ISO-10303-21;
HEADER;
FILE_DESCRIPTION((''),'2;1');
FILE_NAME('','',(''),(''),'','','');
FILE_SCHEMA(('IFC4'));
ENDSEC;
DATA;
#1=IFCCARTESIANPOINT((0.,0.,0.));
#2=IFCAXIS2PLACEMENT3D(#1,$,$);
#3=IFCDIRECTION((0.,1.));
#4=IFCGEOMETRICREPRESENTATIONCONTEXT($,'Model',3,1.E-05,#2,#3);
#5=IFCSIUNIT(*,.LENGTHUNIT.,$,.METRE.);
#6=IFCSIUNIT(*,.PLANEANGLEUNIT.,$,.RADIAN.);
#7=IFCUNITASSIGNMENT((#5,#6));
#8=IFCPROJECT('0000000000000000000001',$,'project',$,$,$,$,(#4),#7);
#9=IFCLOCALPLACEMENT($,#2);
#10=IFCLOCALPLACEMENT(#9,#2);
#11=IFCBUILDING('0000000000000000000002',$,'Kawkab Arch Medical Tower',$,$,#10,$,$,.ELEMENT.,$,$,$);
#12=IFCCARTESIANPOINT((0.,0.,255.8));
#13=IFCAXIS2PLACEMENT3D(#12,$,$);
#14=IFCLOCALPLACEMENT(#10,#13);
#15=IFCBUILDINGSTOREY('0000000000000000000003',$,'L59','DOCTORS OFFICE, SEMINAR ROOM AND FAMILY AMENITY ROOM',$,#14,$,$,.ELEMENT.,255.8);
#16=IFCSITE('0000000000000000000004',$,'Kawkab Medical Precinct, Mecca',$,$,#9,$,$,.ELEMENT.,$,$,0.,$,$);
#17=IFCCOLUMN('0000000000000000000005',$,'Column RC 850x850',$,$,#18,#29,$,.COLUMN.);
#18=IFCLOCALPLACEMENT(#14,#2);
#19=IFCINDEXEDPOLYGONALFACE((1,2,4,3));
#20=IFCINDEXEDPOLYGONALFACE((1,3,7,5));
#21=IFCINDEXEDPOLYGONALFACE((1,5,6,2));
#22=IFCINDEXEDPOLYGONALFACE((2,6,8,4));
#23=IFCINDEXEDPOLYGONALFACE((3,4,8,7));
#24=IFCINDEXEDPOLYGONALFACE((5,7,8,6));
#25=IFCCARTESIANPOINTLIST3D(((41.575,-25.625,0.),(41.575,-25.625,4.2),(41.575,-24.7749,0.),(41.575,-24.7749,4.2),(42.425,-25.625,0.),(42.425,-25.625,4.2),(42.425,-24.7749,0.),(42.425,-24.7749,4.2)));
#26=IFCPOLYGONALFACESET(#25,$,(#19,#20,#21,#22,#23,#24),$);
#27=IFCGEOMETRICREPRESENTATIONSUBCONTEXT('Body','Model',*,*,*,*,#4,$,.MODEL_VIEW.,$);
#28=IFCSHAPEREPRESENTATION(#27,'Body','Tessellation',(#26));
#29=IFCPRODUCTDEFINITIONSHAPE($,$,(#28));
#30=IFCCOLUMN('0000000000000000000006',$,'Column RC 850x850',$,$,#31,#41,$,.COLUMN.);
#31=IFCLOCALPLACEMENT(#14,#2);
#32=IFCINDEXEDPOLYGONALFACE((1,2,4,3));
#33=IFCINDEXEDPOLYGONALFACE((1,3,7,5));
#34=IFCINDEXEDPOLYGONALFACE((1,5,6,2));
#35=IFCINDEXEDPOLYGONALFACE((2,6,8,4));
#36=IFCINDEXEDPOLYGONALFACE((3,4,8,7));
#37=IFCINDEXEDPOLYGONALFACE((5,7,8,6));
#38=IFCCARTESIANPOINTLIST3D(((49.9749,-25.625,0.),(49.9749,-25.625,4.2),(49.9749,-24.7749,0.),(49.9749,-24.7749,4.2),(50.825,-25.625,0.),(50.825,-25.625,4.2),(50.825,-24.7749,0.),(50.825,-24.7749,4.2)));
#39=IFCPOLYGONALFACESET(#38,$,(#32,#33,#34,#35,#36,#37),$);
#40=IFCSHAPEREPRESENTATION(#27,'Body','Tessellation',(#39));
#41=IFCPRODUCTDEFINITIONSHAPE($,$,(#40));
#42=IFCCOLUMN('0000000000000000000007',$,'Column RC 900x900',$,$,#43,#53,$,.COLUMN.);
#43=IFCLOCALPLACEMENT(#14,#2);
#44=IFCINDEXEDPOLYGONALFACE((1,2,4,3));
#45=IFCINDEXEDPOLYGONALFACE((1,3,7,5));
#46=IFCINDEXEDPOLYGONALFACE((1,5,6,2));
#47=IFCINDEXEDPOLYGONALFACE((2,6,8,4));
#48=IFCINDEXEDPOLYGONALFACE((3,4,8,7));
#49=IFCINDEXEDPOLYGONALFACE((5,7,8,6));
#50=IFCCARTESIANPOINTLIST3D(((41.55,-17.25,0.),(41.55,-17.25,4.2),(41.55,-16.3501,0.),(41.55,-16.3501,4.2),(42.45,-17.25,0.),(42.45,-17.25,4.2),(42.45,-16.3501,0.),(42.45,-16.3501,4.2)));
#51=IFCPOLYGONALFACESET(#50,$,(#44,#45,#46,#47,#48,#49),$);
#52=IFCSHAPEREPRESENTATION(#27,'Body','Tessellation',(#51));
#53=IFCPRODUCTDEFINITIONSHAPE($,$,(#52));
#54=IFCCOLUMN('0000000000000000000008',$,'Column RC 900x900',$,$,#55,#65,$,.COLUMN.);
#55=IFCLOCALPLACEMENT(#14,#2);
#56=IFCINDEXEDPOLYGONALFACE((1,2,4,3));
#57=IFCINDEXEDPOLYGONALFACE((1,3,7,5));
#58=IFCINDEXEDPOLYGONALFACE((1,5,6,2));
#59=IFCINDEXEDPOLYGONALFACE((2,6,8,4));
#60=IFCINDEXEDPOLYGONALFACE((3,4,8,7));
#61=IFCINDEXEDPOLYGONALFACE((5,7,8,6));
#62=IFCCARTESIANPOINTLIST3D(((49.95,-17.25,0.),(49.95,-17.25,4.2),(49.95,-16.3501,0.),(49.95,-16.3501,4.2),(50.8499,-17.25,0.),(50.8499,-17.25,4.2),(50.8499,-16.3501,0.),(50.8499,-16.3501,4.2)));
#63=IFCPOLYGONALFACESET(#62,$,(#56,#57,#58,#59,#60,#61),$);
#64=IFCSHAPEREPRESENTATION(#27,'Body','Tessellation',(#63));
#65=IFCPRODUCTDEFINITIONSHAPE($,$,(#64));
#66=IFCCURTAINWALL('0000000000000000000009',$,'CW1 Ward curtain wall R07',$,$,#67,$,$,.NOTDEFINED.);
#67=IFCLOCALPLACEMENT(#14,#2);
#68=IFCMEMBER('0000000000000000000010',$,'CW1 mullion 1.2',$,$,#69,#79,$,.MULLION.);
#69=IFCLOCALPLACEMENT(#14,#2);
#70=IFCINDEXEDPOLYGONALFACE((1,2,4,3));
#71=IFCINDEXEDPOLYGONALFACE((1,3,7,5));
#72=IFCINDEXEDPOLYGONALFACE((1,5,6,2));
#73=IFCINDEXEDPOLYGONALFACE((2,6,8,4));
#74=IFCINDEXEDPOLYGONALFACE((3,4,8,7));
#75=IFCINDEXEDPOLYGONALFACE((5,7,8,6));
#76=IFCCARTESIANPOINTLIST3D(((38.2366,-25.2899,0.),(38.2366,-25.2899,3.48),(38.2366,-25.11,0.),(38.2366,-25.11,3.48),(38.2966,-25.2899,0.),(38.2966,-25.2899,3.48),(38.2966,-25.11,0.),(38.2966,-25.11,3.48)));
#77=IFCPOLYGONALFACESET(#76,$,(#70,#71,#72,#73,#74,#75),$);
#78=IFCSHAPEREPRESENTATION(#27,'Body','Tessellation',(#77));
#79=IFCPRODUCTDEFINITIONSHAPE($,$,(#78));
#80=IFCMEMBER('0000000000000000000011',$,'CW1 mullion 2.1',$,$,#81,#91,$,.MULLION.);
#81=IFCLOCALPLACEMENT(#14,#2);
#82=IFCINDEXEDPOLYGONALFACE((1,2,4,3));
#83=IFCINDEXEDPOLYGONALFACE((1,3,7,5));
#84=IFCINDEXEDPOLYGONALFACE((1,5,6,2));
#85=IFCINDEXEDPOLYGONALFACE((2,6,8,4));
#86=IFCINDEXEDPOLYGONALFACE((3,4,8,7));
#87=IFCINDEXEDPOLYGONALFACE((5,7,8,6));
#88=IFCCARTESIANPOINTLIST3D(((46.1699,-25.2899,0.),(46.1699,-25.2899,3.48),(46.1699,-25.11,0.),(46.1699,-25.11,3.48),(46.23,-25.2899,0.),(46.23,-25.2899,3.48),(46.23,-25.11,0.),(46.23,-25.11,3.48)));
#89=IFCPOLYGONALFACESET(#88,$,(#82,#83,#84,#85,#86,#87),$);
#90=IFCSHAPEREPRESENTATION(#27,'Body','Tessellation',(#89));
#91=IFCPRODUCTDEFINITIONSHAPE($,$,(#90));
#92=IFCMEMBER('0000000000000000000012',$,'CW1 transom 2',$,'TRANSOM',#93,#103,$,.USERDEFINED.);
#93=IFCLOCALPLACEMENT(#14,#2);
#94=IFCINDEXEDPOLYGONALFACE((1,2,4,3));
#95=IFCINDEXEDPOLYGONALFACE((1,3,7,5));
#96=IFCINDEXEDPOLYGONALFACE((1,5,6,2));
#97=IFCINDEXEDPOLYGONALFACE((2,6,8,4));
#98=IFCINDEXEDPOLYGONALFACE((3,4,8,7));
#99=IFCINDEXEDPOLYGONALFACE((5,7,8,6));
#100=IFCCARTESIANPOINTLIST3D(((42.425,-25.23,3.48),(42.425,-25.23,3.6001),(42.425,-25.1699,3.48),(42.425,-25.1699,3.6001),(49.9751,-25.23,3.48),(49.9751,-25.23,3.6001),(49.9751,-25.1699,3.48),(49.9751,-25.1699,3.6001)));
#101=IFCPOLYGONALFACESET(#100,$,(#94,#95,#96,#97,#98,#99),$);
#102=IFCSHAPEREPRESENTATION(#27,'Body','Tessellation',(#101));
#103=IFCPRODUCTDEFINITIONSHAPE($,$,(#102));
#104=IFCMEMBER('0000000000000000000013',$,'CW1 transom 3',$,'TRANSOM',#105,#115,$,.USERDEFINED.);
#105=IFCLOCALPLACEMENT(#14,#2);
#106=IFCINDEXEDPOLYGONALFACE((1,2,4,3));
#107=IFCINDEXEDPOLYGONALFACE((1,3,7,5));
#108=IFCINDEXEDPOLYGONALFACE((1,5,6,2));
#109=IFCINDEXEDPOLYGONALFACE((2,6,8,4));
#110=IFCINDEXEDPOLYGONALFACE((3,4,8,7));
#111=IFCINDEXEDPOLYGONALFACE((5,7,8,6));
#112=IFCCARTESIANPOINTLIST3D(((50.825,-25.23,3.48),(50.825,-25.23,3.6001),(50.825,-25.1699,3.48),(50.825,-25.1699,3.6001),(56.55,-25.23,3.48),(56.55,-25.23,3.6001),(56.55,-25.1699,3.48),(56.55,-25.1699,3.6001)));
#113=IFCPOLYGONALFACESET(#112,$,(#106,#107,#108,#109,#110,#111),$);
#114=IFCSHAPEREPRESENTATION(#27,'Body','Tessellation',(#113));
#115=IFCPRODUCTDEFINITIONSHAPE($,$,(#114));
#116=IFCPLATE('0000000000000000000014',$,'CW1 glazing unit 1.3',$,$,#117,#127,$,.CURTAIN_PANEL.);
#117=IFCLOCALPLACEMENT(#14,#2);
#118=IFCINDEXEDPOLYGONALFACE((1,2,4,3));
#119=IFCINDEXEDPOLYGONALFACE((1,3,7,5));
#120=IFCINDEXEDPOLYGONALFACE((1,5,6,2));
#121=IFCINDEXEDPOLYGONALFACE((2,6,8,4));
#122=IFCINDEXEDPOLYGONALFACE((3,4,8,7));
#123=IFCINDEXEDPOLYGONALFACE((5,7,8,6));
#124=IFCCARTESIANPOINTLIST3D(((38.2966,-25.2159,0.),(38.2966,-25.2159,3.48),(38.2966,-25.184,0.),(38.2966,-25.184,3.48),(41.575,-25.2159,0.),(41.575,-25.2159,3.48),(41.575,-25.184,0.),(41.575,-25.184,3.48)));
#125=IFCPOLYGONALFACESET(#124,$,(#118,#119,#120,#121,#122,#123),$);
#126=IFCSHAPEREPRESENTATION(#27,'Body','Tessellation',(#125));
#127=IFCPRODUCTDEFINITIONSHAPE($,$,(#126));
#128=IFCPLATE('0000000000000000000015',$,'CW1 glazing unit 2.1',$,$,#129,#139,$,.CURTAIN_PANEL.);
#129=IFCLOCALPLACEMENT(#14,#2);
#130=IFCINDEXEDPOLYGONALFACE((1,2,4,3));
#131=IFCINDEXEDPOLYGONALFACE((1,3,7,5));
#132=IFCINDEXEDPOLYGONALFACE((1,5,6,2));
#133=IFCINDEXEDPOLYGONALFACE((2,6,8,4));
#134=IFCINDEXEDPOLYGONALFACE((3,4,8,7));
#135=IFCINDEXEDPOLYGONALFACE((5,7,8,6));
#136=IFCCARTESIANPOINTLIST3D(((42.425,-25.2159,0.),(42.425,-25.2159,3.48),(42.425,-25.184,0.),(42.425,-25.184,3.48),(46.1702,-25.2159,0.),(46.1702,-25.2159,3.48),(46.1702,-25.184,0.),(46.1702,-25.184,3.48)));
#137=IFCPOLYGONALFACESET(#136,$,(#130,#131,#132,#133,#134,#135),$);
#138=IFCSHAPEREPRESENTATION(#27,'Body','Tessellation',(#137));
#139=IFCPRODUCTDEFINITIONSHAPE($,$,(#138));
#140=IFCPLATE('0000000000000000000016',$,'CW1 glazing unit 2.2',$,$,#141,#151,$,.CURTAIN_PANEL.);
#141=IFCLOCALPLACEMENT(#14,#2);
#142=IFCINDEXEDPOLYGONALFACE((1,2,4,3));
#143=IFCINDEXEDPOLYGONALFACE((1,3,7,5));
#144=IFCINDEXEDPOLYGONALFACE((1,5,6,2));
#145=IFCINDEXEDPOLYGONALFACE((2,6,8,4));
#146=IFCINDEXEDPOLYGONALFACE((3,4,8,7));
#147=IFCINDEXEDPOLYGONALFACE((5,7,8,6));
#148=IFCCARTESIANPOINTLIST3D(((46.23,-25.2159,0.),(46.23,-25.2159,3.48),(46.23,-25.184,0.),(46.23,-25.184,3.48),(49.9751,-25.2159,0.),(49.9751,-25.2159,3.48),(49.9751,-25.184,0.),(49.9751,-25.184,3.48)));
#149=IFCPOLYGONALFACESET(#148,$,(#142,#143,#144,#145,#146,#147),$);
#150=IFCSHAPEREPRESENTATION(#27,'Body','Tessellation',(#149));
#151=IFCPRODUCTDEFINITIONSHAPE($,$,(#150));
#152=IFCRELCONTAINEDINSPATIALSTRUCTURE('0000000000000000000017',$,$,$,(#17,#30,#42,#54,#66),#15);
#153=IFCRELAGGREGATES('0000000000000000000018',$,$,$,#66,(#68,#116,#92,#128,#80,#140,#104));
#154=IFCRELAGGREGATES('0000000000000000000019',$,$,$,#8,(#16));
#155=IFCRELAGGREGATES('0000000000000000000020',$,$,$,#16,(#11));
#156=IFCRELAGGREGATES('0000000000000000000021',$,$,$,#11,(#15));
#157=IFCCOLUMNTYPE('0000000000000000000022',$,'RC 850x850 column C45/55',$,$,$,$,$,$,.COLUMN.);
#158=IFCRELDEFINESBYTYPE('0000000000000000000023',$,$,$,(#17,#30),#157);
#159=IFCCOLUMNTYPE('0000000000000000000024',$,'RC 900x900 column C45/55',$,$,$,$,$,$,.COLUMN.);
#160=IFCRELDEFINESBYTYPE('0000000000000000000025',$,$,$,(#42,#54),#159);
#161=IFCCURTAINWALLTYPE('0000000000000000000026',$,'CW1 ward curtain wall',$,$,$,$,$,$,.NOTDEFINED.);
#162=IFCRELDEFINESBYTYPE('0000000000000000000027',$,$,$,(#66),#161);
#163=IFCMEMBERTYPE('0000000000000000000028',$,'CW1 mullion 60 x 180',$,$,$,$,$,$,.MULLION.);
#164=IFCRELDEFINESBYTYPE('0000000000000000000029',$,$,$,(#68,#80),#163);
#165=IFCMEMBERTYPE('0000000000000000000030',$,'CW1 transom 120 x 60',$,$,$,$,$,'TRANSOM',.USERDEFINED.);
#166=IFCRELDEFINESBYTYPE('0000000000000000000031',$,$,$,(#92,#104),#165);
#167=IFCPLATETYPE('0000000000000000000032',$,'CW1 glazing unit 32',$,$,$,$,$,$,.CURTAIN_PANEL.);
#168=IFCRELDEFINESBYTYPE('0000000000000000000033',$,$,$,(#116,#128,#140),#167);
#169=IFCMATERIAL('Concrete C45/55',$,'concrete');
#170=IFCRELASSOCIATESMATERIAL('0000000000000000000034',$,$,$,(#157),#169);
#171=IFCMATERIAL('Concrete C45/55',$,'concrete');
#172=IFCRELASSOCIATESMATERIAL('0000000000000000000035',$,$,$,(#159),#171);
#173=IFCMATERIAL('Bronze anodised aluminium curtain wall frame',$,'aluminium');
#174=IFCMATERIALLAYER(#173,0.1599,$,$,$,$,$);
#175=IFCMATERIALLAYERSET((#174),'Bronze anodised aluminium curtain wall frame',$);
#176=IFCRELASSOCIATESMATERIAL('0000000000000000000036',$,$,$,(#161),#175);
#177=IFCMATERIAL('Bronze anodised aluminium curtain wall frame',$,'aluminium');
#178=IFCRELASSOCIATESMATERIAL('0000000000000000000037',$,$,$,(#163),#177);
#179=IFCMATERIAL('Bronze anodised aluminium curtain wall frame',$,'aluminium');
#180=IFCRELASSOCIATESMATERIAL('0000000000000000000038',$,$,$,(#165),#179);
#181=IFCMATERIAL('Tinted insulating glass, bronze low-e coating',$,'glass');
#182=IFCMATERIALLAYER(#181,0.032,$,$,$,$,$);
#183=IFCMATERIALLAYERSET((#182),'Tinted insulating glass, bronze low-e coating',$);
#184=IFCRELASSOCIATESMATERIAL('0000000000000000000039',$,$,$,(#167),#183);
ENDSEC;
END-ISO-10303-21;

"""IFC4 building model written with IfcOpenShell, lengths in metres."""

from ifc_helpers import new_model, si_unit, direction, frame, origin, origin_2d, place, context, subcontext, project, spatial, rectangle, extrude, material, layer, layer_set, material_profile, profile_set, type_object, element, aggregate, save


model = new_model("IFC4")

# Units and contexts
model_context = context("Model", 3, precision=1e-05, world=origin(), true_north=direction((0.0, 1.0)))
body_context = subcontext(model_context, "Body", "Model", "MODEL_VIEW")
ifc_project = project(units=[si_unit("LENGTHUNIT", "METRE"), si_unit("PLANEANGLEUNIT", "RADIAN")], contexts=[model_context])

# Site, building, storey
site_placement = place(None, origin())
site = spatial("IfcSite", under=ifc_project, at=site_placement, Name="Kawkab Medical Precinct, Mecca", CompositionType="ELEMENT", RefElevation=0.0)
building_placement = place(site_placement, origin())
building = spatial("IfcBuilding", under=site, at=building_placement, Name="Kawkab Arch Medical Tower", CompositionType="ELEMENT")
storey_placement = place(building_placement, frame((0.0, 0.0, 255.8)))
storey = spatial("IfcBuildingStorey", under=building, at=storey_placement, Name="L59", Description="DOCTORS OFFICE, SEMINAR ROOM AND FAMILY AMENITY ROOM", CompositionType="ELEMENT", Elevation=255.8)

# Columns
ifc_material_1 = material(Name="Concrete C45/55", Category="concrete")
ifc_material_profile_1 = material_profile(ifc_material_1, rectangle(XDim=0.8501, YDim=0.8501, at=origin_2d()), Name="RC 850x850")
ifc_profile_set_1 = profile_set([ifc_material_profile_1], Name="Concrete C45/55")
column_type_1 = type_object("IfcColumnType", Name="RC 850x850 column C45/55", PredefinedType="COLUMN", material=ifc_profile_set_1)
for number, where, z_axis, x_axis, name in (
    (1, (42.0, -25.2, 0.0), (0.0, 0.0, 1.0), (1.0, 0.0, 0.0), "Column RC 850x850"),
    (2, (50.3999, -25.2, 0.0), (0.0, 0.0, 1.0), (1.0, 0.0, 0.0), "Column RC 850x850"),
):
    element("IfcColumn", number, at=place(storey_placement, frame(where, z_axis=z_axis, x_axis=x_axis)), inside=storey, type_object=column_type_1, Name=name, PredefinedType="COLUMN", context=body_context, shape_type="SweptSolid", body=[
        extrude(rectangle(XDim=0.8501, YDim=0.8501, at=origin_2d()), origin(), (0.0, 0.0, 1.0), 4.2),
    ])
ifc_material_2 = material(Name="Concrete C45/55", Category="concrete")
ifc_material_profile_2 = material_profile(ifc_material_2, rectangle(XDim=0.8999, YDim=0.8999, at=origin_2d()), Name="RC 900x900")
ifc_profile_set_2 = profile_set([ifc_material_profile_2], Name="Concrete C45/55")
column_type_2 = type_object("IfcColumnType", Name="RC 900x900 column C45/55", PredefinedType="COLUMN", material=ifc_profile_set_2)
for number, where, z_axis, x_axis, name in (
    (3, (42.0, -16.8, 0.0), (0.0, 0.0, 1.0), (1.0, 0.0, 0.0), "Column RC 900x900"),
    (4, (50.3999, -16.8, 0.0), (0.0, 0.0, 1.0), (1.0, 0.0, 0.0), "Column RC 900x900"),
):
    element("IfcColumn", number, at=place(storey_placement, frame(where, z_axis=z_axis, x_axis=x_axis)), inside=storey, type_object=column_type_2, Name=name, PredefinedType="COLUMN", context=body_context, shape_type="SweptSolid", body=[
        extrude(rectangle(XDim=0.8999, YDim=0.8999, at=origin_2d()), origin(), (0.0, 0.0, 1.0), 4.2),
    ])

# Curtain wall, members, plates
ifc_material_3 = material(Name="Bronze anodised aluminium curtain wall frame", Category="aluminium")
ifc_layer_1 = layer(ifc_material_3, 0.1599)
ifc_layer_set_1 = layer_set([ifc_layer_1], Name="Bronze anodised aluminium curtain wall frame")
curtain_wall_type = type_object("IfcCurtainWallType", Name="CW1 ward curtain wall", PredefinedType="NOTDEFINED", material=ifc_layer_set_1)
curtain_wall_placement = place(storey_placement, origin())
curtain_wall = element("IfcCurtainWall", 5, at=curtain_wall_placement, inside=storey, type_object=curtain_wall_type, Name="CW1 Ward curtain wall R07", PredefinedType="NOTDEFINED")
ifc_material_4 = material(Name="Bronze anodised aluminium curtain wall frame", Category="aluminium")
ifc_material_profile_3 = material_profile(ifc_material_4, rectangle(XDim=0.1799, YDim=0.0601, at=origin_2d()), Name="AL 60x180")
ifc_profile_set_3 = profile_set([ifc_material_profile_3], Name="Bronze anodised aluminium curtain wall frame")
member_type_1 = type_object("IfcMemberType", Name="CW1 mullion 60 x 180", PredefinedType="MULLION", material=ifc_profile_set_3)
member_1_placement = place(storey_placement, frame((38.2666, -25.2, 0.0), z_axis=(0.0, 0.0, 1.0), x_axis=(0.0, 1.0, 0.0)))
member_1 = element("IfcMember", 6, at=member_1_placement, type_object=member_type_1, Name="CW1 mullion 1.2", PredefinedType="MULLION", context=body_context, shape_type="SweptSolid", body=[
    extrude(rectangle(XDim=0.1799, YDim=0.0601, at=origin_2d()), origin(), (0.0, 0.0, 1.0), 3.48),
])
member_2_placement = place(storey_placement, frame((46.2, -25.2, 0.0), z_axis=(0.0, 0.0, 1.0), x_axis=(0.0, 1.0, 0.0)))
member_2 = element("IfcMember", 7, at=member_2_placement, type_object=member_type_1, Name="CW1 mullion 2.1", PredefinedType="MULLION", context=body_context, shape_type="SweptSolid", body=[
    extrude(rectangle(XDim=0.1799, YDim=0.0601, at=origin_2d()), origin(), (0.0, 0.0, 1.0), 3.48),
])
ifc_material_5 = material(Name="Bronze anodised aluminium curtain wall frame", Category="aluminium")
ifc_material_profile_4 = material_profile(ifc_material_5, rectangle(XDim=0.0601, YDim=0.1201, at=origin_2d()), Name="AL 60x120")
ifc_profile_set_4 = profile_set([ifc_material_profile_4], Name="Bronze anodised aluminium curtain wall frame")
member_type_2 = type_object("IfcMemberType", Name="CW1 transom 120 x 60", ElementType="TRANSOM", PredefinedType="USERDEFINED", material=ifc_profile_set_4)
member_3_placement = place(storey_placement, frame((42.425, -25.2, 3.54), z_axis=(1.0, 0.0, 0.0), x_axis=(0.0, 1.0, 0.0)))
member_3 = element("IfcMember", 8, at=member_3_placement, type_object=member_type_2, Name="CW1 transom 2", ObjectType="TRANSOM", PredefinedType="USERDEFINED", context=body_context, shape_type="SweptSolid", body=[
    extrude(rectangle(XDim=0.0601, YDim=0.1201, at=origin_2d()), origin(), (0.0, 0.0, 1.0), 7.55),
])
member_4_placement = place(storey_placement, frame((50.825, -25.2, 3.54), z_axis=(1.0, 0.0, 0.0), x_axis=(0.0, 1.0, 0.0)))
member_4 = element("IfcMember", 9, at=member_4_placement, type_object=member_type_2, Name="CW1 transom 3", ObjectType="TRANSOM", PredefinedType="USERDEFINED", context=body_context, shape_type="SweptSolid", body=[
    extrude(rectangle(XDim=0.0601, YDim=0.1201, at=origin_2d()), origin(), (0.0, 0.0, 1.0), 5.7251),
])
ifc_material_6 = material(Name="Tinted insulating glass, bronze low-e coating", Category="glass")
ifc_layer_2 = layer(ifc_material_6, 0.032)
ifc_layer_set_2 = layer_set([ifc_layer_2], Name="Tinted insulating glass, bronze low-e coating")
plate_type = type_object("IfcPlateType", Name="CW1 glazing unit 32", PredefinedType="CURTAIN_PANEL", material=ifc_layer_set_2)
plate_1_placement = place(storey_placement, frame((39.9358, -25.2, 0.0), z_axis=(0.0, 0.0, 1.0), x_axis=(1.0, 0.0, 0.0)))
plate_1 = element("IfcPlate", 10, at=plate_1_placement, type_object=plate_type, Name="CW1 glazing unit 1.3", PredefinedType="CURTAIN_PANEL", context=body_context, shape_type="SweptSolid", body=[
    extrude(rectangle(XDim=3.2783, YDim=0.032, at=origin_2d()), origin(), (0.0, 0.0, 1.0), 3.48),
])
plate_2_placement = place(storey_placement, frame((44.2976, -25.2, 0.0), z_axis=(0.0, 0.0, 1.0), x_axis=(1.0, 0.0, 0.0)))
plate_2 = element("IfcPlate", 11, at=plate_2_placement, type_object=plate_type, Name="CW1 glazing unit 2.1", PredefinedType="CURTAIN_PANEL", context=body_context, shape_type="SweptSolid", body=[
    extrude(rectangle(XDim=3.7451, YDim=0.032, at=origin_2d()), origin(), (0.0, 0.0, 1.0), 3.48),
])
plate_3_placement = place(storey_placement, frame((48.1025, -25.2, 0.0), z_axis=(0.0, 0.0, 1.0), x_axis=(1.0, 0.0, 0.0)))
plate_3 = element("IfcPlate", 12, at=plate_3_placement, type_object=plate_type, Name="CW1 glazing unit 2.2", PredefinedType="CURTAIN_PANEL", context=body_context, shape_type="SweptSolid", body=[
    extrude(rectangle(XDim=3.7451, YDim=0.032, at=origin_2d()), origin(), (0.0, 0.0, 1.0), 3.48),
])
aggregate(curtain_wall, [member_1, plate_1, member_3, plate_2, member_2, plate_3, member_4])

save(model, "model.ifc")
